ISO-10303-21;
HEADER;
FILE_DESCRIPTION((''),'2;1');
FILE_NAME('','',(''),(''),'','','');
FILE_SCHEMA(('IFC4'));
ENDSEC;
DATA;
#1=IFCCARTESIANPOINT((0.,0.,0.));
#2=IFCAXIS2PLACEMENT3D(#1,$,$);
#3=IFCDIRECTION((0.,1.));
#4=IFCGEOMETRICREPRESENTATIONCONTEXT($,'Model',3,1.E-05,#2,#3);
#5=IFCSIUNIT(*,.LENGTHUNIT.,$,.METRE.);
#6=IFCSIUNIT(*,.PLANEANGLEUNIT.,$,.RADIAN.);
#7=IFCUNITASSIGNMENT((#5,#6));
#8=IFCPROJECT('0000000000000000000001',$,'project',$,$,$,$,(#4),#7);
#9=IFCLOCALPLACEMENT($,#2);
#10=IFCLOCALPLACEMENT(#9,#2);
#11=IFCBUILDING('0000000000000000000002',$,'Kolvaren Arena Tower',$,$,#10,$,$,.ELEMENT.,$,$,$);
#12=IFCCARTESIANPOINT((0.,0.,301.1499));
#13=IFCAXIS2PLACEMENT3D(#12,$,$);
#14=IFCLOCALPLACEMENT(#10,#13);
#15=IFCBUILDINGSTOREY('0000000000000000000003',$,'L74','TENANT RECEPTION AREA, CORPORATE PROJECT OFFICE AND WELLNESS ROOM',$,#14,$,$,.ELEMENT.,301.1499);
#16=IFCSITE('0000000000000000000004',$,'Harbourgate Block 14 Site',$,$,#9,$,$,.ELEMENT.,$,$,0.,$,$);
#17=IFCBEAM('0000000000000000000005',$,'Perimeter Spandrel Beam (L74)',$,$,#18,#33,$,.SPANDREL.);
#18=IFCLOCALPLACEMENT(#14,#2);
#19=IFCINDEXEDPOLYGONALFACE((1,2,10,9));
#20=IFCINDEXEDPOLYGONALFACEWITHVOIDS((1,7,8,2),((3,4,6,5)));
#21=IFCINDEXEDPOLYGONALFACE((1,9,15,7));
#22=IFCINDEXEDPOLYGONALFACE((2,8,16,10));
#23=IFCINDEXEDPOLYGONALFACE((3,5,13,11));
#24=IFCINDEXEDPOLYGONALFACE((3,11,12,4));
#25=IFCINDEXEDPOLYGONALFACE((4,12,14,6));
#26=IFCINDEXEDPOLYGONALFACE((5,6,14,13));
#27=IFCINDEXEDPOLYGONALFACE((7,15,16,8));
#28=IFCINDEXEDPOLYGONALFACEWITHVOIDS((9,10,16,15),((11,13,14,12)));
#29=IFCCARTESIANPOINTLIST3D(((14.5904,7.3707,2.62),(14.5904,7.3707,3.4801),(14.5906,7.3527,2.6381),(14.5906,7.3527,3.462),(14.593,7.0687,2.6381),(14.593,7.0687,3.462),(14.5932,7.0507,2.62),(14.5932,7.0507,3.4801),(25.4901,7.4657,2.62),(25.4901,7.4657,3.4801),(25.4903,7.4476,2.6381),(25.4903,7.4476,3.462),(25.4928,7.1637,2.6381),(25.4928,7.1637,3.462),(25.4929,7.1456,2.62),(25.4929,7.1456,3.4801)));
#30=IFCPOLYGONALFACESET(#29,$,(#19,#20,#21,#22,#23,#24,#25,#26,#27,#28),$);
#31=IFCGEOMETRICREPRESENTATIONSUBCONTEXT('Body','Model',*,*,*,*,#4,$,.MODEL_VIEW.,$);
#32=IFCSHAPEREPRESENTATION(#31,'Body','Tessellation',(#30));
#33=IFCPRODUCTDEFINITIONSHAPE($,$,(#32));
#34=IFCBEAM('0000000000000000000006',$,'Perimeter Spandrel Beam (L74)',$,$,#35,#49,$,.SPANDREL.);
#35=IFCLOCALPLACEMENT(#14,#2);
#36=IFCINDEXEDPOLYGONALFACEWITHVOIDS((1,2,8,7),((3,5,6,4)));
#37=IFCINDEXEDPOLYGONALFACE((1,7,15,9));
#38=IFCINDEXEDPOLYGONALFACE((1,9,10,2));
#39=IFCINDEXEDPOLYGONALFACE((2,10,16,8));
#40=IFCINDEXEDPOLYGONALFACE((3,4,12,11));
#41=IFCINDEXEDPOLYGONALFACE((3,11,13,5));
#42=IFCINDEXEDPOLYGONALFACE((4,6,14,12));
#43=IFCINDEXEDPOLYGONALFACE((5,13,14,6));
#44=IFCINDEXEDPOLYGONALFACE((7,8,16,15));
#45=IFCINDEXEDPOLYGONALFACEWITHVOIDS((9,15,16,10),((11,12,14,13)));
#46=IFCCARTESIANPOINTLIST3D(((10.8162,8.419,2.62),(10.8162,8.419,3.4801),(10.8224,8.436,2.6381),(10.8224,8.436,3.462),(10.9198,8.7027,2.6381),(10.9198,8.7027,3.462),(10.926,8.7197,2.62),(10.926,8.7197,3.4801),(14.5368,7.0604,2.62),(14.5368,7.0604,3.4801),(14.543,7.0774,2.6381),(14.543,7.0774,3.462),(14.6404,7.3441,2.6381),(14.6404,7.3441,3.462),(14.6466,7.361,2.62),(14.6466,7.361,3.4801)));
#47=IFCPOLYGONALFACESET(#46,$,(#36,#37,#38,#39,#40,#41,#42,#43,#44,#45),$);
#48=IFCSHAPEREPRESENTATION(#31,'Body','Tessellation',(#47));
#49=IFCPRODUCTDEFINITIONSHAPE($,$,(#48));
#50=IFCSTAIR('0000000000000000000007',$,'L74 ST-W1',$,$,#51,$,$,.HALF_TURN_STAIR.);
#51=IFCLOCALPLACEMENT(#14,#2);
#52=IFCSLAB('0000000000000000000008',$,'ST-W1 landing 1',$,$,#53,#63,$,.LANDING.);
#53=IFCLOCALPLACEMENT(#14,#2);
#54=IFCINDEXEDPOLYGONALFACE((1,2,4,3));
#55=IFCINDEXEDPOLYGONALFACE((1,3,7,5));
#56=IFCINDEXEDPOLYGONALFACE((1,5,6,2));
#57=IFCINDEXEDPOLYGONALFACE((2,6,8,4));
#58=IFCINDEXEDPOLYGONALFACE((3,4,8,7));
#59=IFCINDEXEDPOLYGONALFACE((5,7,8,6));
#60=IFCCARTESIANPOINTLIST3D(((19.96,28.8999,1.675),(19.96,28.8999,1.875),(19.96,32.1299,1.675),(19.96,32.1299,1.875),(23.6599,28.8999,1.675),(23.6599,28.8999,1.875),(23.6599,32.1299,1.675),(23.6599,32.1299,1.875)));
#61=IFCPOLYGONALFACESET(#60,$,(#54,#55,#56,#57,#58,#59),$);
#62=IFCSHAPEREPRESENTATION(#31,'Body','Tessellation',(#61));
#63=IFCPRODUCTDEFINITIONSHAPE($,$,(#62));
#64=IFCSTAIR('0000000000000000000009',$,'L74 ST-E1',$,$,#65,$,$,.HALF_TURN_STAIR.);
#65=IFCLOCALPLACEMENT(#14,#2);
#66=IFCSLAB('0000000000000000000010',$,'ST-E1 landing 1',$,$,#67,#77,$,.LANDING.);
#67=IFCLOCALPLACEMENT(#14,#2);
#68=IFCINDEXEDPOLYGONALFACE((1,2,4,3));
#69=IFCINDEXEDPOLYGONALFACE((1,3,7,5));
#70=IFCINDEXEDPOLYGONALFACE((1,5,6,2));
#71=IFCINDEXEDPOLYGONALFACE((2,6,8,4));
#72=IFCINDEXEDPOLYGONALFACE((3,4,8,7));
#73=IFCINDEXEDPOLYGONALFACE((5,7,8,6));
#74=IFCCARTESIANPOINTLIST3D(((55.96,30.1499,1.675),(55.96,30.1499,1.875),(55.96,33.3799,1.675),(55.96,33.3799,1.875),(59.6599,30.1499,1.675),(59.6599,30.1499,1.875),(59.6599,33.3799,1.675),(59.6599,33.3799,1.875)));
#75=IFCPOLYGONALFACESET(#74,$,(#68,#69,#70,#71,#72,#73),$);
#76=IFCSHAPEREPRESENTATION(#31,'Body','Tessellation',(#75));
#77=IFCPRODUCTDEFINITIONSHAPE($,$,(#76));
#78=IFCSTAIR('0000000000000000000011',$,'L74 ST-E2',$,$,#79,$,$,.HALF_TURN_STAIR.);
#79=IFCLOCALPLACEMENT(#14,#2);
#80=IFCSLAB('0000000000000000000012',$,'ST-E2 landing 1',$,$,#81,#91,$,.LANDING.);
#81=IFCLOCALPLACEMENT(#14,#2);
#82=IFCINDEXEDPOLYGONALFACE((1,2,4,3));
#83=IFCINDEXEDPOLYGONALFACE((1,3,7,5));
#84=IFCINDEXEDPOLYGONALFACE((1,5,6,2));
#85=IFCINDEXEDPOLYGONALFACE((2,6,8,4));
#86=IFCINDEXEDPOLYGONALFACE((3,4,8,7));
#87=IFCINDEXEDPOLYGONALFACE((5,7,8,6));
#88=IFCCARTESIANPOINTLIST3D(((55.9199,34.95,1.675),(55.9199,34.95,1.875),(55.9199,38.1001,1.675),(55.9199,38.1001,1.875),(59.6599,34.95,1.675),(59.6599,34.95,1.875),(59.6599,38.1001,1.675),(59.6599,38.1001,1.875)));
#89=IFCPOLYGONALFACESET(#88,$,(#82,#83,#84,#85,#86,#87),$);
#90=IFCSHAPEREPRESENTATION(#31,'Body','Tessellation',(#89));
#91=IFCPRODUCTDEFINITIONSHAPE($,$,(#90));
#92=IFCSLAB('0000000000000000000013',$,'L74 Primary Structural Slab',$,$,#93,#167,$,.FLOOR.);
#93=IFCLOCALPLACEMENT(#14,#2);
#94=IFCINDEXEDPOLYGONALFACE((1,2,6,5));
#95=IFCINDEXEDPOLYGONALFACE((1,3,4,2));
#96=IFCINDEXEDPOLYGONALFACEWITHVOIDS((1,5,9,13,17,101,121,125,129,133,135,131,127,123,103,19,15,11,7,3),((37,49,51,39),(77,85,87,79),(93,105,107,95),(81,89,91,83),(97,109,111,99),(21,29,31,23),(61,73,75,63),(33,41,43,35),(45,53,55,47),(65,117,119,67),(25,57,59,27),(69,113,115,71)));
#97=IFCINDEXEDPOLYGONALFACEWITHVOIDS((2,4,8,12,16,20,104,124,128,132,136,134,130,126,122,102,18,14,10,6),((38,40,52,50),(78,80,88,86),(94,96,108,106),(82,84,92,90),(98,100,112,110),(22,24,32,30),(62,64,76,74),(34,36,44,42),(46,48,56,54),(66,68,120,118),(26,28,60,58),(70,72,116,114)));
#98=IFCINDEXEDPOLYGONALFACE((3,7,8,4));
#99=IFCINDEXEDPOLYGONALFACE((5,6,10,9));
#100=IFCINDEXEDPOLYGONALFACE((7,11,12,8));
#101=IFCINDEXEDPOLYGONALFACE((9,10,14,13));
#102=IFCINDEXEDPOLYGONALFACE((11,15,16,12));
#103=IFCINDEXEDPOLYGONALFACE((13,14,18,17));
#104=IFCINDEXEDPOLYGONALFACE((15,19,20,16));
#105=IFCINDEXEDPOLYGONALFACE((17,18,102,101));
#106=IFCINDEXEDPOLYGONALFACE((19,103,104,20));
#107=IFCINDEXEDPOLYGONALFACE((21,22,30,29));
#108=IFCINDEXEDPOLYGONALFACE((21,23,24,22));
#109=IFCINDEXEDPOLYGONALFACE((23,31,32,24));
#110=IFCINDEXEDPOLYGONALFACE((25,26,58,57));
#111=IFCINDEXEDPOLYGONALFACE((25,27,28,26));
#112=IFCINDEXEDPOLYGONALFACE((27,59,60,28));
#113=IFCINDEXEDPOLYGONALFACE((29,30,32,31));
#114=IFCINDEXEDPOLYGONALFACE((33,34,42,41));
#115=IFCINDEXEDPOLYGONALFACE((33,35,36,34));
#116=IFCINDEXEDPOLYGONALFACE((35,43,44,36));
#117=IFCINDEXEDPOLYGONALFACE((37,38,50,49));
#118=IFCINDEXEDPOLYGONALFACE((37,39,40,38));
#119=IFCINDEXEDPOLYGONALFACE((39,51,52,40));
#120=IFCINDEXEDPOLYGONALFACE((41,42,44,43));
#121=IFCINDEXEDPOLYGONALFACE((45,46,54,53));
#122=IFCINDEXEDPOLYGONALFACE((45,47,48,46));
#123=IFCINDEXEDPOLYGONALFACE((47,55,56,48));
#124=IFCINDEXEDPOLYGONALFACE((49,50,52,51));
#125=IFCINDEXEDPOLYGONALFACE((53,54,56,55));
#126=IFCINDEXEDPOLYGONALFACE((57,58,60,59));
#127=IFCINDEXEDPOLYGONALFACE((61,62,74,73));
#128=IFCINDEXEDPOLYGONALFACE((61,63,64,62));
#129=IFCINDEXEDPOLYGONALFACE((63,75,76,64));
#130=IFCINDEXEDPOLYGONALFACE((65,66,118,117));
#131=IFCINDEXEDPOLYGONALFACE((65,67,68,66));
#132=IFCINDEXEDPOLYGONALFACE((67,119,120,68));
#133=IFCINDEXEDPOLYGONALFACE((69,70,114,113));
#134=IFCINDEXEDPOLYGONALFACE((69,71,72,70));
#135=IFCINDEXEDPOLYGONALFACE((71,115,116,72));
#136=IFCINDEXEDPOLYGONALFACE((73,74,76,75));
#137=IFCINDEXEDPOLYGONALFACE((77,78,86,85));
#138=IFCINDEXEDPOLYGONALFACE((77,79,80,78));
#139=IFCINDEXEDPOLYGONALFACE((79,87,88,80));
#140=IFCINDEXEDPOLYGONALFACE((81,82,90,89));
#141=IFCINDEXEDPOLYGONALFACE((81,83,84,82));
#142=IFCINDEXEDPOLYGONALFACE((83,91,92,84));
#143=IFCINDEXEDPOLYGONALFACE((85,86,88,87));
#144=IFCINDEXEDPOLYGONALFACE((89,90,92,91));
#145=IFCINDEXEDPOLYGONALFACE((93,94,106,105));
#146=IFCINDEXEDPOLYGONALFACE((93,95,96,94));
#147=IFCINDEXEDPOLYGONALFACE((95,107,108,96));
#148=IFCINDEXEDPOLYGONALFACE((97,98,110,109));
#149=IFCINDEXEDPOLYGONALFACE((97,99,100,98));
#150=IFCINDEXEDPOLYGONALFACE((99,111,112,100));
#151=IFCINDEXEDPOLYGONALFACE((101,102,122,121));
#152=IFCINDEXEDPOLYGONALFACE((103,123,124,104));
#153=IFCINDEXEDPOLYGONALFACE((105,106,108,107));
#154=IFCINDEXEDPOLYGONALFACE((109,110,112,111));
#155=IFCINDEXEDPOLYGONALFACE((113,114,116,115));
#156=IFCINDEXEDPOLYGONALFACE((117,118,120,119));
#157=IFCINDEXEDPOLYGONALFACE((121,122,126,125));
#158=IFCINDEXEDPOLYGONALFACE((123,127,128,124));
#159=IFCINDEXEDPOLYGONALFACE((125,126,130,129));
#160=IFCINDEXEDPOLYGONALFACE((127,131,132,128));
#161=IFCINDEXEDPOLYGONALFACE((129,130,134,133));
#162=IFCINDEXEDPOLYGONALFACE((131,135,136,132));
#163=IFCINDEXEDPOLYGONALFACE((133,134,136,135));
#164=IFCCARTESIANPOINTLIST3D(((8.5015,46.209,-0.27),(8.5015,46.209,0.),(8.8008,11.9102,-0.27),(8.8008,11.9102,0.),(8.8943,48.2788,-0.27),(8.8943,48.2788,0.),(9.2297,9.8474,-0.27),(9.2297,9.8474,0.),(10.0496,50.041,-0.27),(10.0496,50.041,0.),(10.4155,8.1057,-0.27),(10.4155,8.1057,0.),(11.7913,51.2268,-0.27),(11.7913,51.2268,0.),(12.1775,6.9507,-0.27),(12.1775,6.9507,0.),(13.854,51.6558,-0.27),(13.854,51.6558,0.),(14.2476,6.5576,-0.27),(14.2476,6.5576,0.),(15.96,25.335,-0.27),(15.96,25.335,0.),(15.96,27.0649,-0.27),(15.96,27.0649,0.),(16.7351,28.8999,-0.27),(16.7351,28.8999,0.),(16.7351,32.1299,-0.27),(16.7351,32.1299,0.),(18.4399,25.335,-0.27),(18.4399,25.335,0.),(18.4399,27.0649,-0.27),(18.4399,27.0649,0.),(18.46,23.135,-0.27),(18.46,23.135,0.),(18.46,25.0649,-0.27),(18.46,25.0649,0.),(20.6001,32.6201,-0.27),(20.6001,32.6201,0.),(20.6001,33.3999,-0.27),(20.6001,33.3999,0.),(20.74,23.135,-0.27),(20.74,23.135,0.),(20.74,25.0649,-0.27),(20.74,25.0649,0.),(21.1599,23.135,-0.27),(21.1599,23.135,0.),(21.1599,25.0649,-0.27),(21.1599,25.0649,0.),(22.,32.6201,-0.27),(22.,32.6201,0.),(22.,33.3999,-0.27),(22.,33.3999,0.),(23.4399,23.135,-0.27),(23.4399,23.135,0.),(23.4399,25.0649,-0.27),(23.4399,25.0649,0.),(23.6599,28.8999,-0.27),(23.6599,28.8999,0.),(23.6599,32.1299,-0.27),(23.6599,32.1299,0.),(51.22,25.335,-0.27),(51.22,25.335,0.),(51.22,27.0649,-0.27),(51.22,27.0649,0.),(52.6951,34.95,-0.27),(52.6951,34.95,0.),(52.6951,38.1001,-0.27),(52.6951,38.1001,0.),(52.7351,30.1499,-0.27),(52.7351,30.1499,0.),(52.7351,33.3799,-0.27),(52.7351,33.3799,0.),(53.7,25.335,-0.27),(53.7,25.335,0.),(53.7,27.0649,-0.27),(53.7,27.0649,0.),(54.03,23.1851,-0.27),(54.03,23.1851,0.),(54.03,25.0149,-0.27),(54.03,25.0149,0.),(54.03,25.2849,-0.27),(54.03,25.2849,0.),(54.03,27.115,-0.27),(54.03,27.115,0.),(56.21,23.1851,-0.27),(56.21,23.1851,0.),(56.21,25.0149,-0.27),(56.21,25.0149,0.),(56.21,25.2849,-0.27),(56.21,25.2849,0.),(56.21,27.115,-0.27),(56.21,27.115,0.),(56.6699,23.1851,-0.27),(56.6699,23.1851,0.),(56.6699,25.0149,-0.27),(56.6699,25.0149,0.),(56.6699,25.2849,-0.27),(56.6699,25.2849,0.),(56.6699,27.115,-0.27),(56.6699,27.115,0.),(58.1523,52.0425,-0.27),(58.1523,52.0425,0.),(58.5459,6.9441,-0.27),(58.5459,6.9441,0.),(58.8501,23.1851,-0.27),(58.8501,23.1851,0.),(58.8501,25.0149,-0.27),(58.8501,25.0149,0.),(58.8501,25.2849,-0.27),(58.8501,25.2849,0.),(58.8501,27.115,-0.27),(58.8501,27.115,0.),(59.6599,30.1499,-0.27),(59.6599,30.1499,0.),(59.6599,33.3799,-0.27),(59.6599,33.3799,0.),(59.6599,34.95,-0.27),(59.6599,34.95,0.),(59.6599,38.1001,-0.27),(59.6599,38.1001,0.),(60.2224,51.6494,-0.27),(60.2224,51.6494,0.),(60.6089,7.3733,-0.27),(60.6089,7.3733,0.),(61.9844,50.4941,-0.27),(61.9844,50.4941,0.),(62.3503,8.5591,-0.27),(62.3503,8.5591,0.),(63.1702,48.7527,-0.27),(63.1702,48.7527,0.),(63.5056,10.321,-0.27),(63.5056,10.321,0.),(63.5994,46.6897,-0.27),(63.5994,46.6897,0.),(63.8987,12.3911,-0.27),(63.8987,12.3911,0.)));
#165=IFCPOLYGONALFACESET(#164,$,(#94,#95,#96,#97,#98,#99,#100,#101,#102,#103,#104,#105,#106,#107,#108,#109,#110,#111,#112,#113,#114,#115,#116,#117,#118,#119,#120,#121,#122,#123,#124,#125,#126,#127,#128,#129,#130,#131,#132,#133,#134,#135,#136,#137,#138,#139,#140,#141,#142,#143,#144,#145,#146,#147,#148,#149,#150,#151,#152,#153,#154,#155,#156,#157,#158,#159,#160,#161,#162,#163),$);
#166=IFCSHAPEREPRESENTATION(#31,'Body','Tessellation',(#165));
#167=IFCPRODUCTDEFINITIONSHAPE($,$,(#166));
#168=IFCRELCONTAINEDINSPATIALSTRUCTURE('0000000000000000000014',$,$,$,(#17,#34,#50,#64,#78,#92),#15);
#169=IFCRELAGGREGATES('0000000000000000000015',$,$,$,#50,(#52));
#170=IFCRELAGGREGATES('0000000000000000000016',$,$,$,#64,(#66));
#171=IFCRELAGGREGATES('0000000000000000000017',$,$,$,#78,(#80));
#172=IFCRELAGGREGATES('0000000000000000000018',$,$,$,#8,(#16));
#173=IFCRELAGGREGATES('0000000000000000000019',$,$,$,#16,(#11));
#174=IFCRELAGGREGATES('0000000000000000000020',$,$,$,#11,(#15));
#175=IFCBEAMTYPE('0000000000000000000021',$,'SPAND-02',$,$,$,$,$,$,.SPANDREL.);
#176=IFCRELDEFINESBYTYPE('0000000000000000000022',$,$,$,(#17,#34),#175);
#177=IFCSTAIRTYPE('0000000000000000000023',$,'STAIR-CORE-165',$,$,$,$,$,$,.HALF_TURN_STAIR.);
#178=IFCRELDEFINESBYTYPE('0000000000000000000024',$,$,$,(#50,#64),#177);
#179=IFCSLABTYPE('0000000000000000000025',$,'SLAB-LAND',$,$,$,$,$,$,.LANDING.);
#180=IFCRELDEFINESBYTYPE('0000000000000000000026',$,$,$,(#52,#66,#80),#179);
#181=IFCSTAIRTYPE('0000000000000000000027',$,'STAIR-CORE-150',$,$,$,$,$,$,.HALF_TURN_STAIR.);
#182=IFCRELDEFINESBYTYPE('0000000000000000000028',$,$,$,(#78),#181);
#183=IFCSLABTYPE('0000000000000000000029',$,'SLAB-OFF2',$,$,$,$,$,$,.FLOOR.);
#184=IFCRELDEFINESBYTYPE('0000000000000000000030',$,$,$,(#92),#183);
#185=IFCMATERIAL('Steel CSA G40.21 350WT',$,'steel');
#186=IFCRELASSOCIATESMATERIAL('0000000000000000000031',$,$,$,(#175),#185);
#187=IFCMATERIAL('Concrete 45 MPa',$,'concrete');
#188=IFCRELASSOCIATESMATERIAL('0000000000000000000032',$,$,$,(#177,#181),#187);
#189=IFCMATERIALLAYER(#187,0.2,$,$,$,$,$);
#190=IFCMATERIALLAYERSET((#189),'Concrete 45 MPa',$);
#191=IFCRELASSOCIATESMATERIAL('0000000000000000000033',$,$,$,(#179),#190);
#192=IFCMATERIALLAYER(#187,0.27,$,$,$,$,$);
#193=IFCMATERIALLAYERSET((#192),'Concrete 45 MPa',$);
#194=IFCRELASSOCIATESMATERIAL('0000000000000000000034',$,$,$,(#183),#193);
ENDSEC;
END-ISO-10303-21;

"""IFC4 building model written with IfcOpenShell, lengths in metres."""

from ifc_helpers import new_model, si_unit, direction, frame, origin, origin_2d, place, context, subcontext, project, spatial, polyline, hollow_rectangle, outline, extrude, material, layer, layer_set, material_profile, profile_set, type_object, element, aggregate, save


model = new_model("IFC4")

# Units and contexts
model_context = context("Model", 3, precision=1e-05, world=origin(), true_north=direction((0.0, 1.0)))
body_context = subcontext(model_context, "Body", "Model", "MODEL_VIEW")
ifc_project = project(units=[si_unit("LENGTHUNIT", "METRE"), si_unit("PLANEANGLEUNIT", "RADIAN")], contexts=[model_context])

# Site, building, storey
site_placement = place(None, origin())
site = spatial("IfcSite", under=ifc_project, at=site_placement, Name="Harbourgate Block 14 Site", CompositionType="ELEMENT", RefElevation=0.0)
building_placement = place(site_placement, origin())
building = spatial("IfcBuilding", under=site, at=building_placement, Name="Kolvaren Arena Tower", CompositionType="ELEMENT")
storey_placement = place(building_placement, frame((0.0, 0.0, 301.1499)))
storey = spatial("IfcBuildingStorey", under=building, at=storey_placement, Name="L74", Description="TENANT RECEPTION AREA, CORPORATE PROJECT OFFICE AND WELLNESS ROOM", CompositionType="ELEMENT", Elevation=301.1499)

# Beams
ifc_material_1 = material(Name="Steel CSA G40.21 350WT", Category="steel")
ifc_material_profile_1 = material_profile(ifc_material_1, hollow_rectangle(XDim=0.3201, YDim=0.8601, WallThickness=0.0181, at=origin_2d()), Name="HSS 860x320x18")
ifc_profile_set_1 = profile_set([ifc_material_profile_1], Name="Steel CSA G40.21 350WT")
beam_type_1 = type_object("IfcBeamType", Name="SPAND-02", PredefinedType="SPANDREL", material=ifc_profile_set_1)
beam_1_placement = place(storey_placement, frame((14.5918, 7.2107, 3.05), z_axis=(0.999962, 0.008713, 0.0), x_axis=(-0.008713, 0.999962, 0.0)))
element("IfcBeam", 1, at=beam_1_placement, inside=storey, type_object=beam_type_1, Name="Perimeter Spandrel Beam (L74)", PredefinedType="SPANDREL", context=body_context, shape_type="SweptSolid", body=[
    extrude(hollow_rectangle(XDim=0.3201, YDim=0.8601, WallThickness=0.0181, at=origin_2d()), origin(), (0.0, 0.0, 1.0), 10.9001),
])
beam_2_placement = place(storey_placement, frame((10.8711, 8.5693, 3.05), z_axis=(0.939334, -0.343005, 0.0), x_axis=(0.343005, 0.939334, 0.0)))
element("IfcBeam", 2, at=beam_2_placement, inside=storey, type_object=beam_type_1, Name="Perimeter Spandrel Beam (L74)", PredefinedType="SPANDREL", context=body_context, shape_type="SweptSolid", body=[
    extrude(hollow_rectangle(XDim=0.3201, YDim=0.8601, WallThickness=0.0181, at=origin_2d()), origin(), (0.0, 0.0, 1.0), 3.9609),
])

# Stairs, slabs
ifc_material_2 = material(Name="Concrete 45 MPa", Category="concrete")
stair_type_1 = type_object("IfcStairType", Name="STAIR-CORE-165", PredefinedType="HALF_TURN_STAIR", material=ifc_material_2)
stair_1_placement = place(storey_placement, origin())
stair_1 = element("IfcStair", 3, at=stair_1_placement, inside=storey, type_object=stair_type_1, Name="L74 ST-W1", PredefinedType="HALF_TURN_STAIR")
ifc_layer_1 = layer(ifc_material_2, 0.2)
ifc_layer_set_1 = layer_set([ifc_layer_1], Name="Concrete 45 MPa")
slab_type_1 = type_object("IfcSlabType", Name="SLAB-LAND", PredefinedType="LANDING", material=ifc_layer_set_1)
slab_1_placement = place(storey_placement, frame((0.0, 0.0, 1.675)))
slab_1 = element("IfcSlab", 4, at=slab_1_placement, type_object=slab_type_1, Name="ST-W1 landing 1", PredefinedType="LANDING", context=body_context, shape_type="SweptSolid", body=[
    extrude(outline(polyline([(19.96, 28.8999), (23.6599, 28.8999), (23.6599, 32.1299), (19.96, 32.1299), (19.96, 28.8999)])), origin(), (0.0, 0.0, 1.0), 0.2),
])
aggregate(stair_1, [slab_1])
stair_2_placement = place(storey_placement, origin())
stair_2 = element("IfcStair", 5, at=stair_2_placement, inside=storey, type_object=stair_type_1, Name="L74 ST-E1", PredefinedType="HALF_TURN_STAIR")
slab_2_placement = place(storey_placement, frame((0.0, 0.0, 1.675)))
slab_2 = element("IfcSlab", 6, at=slab_2_placement, type_object=slab_type_1, Name="ST-E1 landing 1", PredefinedType="LANDING", context=body_context, shape_type="SweptSolid", body=[
    extrude(outline(polyline([(55.96, 30.1499), (59.6599, 30.1499), (59.6599, 33.3799), (55.96, 33.3799), (55.96, 30.1499)])), origin(), (0.0, 0.0, 1.0), 0.2),
])
aggregate(stair_2, [slab_2])
stair_type_2 = type_object("IfcStairType", Name="STAIR-CORE-150", PredefinedType="HALF_TURN_STAIR", material=ifc_material_2)
stair_3_placement = place(storey_placement, origin())
stair_3 = element("IfcStair", 7, at=stair_3_placement, inside=storey, type_object=stair_type_2, Name="L74 ST-E2", PredefinedType="HALF_TURN_STAIR")
slab_3_placement = place(storey_placement, frame((0.0, 0.0, 1.675)))
slab_3 = element("IfcSlab", 8, at=slab_3_placement, type_object=slab_type_1, Name="ST-E2 landing 1", PredefinedType="LANDING", context=body_context, shape_type="SweptSolid", body=[
    extrude(outline(polyline([(55.9199, 34.95), (59.6599, 34.95), (59.6599, 38.1001), (55.9199, 38.1001), (55.9199, 34.95)])), origin(), (0.0, 0.0, 1.0), 0.2),
])
aggregate(stair_3, [slab_3])

# Slab
ifc_layer_2 = layer(ifc_material_2, 0.27)
ifc_layer_set_2 = layer_set([ifc_layer_2], Name="Concrete 45 MPa")
slab_type_2 = type_object("IfcSlabType", Name="SLAB-OFF2", PredefinedType="FLOOR", material=ifc_layer_set_2)
slab_4_placement = place(storey_placement, frame((0.0, 0.0, -0.27)))
element("IfcSlab", 9, at=slab_4_placement, inside=storey, type_object=slab_type_2, Name="L74 Primary Structural Slab", PredefinedType="FLOOR", context=body_context, shape_type="SweptSolid", body=[
    extrude(outline(polyline([(58.5459, 6.9441), (60.6089, 7.3733), (62.3503, 8.5591), (63.5056, 10.321), (63.8987, 12.3911), (63.5994, 46.6897), (63.1702, 48.7527), (61.9844, 50.4941), (60.2224, 51.6494), (58.1523, 52.0425), (13.854, 51.6558), (11.7913, 51.2268), (10.0496, 50.041), (8.8943, 48.2788), (8.5015, 46.209), (8.8008, 11.9102), (9.2297, 9.8474), (10.4155, 8.1057), (12.1775, 6.9507), (14.2476, 6.5576), (58.5459, 6.9441)]), holes=[polyline([(20.74, 23.135), (18.46, 23.135), (18.46, 25.0649), (20.74, 25.0649), (20.74, 23.135)]), polyline([(21.1599, 23.135), (21.1599, 25.0649), (23.4399, 25.0649), (23.4399, 23.135), (21.1599, 23.135)]), polyline([(56.21, 23.1851), (54.03, 23.1851), (54.03, 25.0149), (56.21, 25.0149), (56.21, 23.1851)]), polyline([(56.6699, 23.1851), (56.6699, 25.0149), (58.8501, 25.0149), (58.8501, 23.1851), (56.6699, 23.1851)]), polyline([(54.03, 25.2849), (54.03, 27.115), (56.21, 27.115), (56.21, 25.2849), (54.03, 25.2849)]), polyline([(58.8501, 25.2849), (56.6699, 25.2849), (56.6699, 27.115), (58.8501, 27.115), (58.8501, 25.2849)]), polyline([(15.96, 25.335), (15.96, 27.0649), (18.4399, 27.0649), (18.4399, 25.335), (15.96, 25.335)]), polyline([(53.7, 25.335), (51.22, 25.335), (51.22, 27.0649), (53.7, 27.0649), (53.7, 25.335)]), polyline([(16.7351, 28.8999), (16.7351, 32.1299), (23.6599, 32.1299), (23.6599, 28.8999), (16.7351, 28.8999)]), polyline([(52.7351, 30.1499), (52.7351, 33.3799), (59.6599, 33.3799), (59.6599, 30.1499), (52.7351, 30.1499)]), polyline([(20.6001, 32.6201), (20.6001, 33.3999), (22.0, 33.3999), (22.0, 32.6201), (20.6001, 32.6201)]), polyline([(52.6951, 34.95), (52.6951, 38.1001), (59.6599, 38.1001), (59.6599, 34.95), (52.6951, 34.95)])]), origin(), (0.0, 0.0, 1.0), 0.27),
])

save(model, "model.ifc")
